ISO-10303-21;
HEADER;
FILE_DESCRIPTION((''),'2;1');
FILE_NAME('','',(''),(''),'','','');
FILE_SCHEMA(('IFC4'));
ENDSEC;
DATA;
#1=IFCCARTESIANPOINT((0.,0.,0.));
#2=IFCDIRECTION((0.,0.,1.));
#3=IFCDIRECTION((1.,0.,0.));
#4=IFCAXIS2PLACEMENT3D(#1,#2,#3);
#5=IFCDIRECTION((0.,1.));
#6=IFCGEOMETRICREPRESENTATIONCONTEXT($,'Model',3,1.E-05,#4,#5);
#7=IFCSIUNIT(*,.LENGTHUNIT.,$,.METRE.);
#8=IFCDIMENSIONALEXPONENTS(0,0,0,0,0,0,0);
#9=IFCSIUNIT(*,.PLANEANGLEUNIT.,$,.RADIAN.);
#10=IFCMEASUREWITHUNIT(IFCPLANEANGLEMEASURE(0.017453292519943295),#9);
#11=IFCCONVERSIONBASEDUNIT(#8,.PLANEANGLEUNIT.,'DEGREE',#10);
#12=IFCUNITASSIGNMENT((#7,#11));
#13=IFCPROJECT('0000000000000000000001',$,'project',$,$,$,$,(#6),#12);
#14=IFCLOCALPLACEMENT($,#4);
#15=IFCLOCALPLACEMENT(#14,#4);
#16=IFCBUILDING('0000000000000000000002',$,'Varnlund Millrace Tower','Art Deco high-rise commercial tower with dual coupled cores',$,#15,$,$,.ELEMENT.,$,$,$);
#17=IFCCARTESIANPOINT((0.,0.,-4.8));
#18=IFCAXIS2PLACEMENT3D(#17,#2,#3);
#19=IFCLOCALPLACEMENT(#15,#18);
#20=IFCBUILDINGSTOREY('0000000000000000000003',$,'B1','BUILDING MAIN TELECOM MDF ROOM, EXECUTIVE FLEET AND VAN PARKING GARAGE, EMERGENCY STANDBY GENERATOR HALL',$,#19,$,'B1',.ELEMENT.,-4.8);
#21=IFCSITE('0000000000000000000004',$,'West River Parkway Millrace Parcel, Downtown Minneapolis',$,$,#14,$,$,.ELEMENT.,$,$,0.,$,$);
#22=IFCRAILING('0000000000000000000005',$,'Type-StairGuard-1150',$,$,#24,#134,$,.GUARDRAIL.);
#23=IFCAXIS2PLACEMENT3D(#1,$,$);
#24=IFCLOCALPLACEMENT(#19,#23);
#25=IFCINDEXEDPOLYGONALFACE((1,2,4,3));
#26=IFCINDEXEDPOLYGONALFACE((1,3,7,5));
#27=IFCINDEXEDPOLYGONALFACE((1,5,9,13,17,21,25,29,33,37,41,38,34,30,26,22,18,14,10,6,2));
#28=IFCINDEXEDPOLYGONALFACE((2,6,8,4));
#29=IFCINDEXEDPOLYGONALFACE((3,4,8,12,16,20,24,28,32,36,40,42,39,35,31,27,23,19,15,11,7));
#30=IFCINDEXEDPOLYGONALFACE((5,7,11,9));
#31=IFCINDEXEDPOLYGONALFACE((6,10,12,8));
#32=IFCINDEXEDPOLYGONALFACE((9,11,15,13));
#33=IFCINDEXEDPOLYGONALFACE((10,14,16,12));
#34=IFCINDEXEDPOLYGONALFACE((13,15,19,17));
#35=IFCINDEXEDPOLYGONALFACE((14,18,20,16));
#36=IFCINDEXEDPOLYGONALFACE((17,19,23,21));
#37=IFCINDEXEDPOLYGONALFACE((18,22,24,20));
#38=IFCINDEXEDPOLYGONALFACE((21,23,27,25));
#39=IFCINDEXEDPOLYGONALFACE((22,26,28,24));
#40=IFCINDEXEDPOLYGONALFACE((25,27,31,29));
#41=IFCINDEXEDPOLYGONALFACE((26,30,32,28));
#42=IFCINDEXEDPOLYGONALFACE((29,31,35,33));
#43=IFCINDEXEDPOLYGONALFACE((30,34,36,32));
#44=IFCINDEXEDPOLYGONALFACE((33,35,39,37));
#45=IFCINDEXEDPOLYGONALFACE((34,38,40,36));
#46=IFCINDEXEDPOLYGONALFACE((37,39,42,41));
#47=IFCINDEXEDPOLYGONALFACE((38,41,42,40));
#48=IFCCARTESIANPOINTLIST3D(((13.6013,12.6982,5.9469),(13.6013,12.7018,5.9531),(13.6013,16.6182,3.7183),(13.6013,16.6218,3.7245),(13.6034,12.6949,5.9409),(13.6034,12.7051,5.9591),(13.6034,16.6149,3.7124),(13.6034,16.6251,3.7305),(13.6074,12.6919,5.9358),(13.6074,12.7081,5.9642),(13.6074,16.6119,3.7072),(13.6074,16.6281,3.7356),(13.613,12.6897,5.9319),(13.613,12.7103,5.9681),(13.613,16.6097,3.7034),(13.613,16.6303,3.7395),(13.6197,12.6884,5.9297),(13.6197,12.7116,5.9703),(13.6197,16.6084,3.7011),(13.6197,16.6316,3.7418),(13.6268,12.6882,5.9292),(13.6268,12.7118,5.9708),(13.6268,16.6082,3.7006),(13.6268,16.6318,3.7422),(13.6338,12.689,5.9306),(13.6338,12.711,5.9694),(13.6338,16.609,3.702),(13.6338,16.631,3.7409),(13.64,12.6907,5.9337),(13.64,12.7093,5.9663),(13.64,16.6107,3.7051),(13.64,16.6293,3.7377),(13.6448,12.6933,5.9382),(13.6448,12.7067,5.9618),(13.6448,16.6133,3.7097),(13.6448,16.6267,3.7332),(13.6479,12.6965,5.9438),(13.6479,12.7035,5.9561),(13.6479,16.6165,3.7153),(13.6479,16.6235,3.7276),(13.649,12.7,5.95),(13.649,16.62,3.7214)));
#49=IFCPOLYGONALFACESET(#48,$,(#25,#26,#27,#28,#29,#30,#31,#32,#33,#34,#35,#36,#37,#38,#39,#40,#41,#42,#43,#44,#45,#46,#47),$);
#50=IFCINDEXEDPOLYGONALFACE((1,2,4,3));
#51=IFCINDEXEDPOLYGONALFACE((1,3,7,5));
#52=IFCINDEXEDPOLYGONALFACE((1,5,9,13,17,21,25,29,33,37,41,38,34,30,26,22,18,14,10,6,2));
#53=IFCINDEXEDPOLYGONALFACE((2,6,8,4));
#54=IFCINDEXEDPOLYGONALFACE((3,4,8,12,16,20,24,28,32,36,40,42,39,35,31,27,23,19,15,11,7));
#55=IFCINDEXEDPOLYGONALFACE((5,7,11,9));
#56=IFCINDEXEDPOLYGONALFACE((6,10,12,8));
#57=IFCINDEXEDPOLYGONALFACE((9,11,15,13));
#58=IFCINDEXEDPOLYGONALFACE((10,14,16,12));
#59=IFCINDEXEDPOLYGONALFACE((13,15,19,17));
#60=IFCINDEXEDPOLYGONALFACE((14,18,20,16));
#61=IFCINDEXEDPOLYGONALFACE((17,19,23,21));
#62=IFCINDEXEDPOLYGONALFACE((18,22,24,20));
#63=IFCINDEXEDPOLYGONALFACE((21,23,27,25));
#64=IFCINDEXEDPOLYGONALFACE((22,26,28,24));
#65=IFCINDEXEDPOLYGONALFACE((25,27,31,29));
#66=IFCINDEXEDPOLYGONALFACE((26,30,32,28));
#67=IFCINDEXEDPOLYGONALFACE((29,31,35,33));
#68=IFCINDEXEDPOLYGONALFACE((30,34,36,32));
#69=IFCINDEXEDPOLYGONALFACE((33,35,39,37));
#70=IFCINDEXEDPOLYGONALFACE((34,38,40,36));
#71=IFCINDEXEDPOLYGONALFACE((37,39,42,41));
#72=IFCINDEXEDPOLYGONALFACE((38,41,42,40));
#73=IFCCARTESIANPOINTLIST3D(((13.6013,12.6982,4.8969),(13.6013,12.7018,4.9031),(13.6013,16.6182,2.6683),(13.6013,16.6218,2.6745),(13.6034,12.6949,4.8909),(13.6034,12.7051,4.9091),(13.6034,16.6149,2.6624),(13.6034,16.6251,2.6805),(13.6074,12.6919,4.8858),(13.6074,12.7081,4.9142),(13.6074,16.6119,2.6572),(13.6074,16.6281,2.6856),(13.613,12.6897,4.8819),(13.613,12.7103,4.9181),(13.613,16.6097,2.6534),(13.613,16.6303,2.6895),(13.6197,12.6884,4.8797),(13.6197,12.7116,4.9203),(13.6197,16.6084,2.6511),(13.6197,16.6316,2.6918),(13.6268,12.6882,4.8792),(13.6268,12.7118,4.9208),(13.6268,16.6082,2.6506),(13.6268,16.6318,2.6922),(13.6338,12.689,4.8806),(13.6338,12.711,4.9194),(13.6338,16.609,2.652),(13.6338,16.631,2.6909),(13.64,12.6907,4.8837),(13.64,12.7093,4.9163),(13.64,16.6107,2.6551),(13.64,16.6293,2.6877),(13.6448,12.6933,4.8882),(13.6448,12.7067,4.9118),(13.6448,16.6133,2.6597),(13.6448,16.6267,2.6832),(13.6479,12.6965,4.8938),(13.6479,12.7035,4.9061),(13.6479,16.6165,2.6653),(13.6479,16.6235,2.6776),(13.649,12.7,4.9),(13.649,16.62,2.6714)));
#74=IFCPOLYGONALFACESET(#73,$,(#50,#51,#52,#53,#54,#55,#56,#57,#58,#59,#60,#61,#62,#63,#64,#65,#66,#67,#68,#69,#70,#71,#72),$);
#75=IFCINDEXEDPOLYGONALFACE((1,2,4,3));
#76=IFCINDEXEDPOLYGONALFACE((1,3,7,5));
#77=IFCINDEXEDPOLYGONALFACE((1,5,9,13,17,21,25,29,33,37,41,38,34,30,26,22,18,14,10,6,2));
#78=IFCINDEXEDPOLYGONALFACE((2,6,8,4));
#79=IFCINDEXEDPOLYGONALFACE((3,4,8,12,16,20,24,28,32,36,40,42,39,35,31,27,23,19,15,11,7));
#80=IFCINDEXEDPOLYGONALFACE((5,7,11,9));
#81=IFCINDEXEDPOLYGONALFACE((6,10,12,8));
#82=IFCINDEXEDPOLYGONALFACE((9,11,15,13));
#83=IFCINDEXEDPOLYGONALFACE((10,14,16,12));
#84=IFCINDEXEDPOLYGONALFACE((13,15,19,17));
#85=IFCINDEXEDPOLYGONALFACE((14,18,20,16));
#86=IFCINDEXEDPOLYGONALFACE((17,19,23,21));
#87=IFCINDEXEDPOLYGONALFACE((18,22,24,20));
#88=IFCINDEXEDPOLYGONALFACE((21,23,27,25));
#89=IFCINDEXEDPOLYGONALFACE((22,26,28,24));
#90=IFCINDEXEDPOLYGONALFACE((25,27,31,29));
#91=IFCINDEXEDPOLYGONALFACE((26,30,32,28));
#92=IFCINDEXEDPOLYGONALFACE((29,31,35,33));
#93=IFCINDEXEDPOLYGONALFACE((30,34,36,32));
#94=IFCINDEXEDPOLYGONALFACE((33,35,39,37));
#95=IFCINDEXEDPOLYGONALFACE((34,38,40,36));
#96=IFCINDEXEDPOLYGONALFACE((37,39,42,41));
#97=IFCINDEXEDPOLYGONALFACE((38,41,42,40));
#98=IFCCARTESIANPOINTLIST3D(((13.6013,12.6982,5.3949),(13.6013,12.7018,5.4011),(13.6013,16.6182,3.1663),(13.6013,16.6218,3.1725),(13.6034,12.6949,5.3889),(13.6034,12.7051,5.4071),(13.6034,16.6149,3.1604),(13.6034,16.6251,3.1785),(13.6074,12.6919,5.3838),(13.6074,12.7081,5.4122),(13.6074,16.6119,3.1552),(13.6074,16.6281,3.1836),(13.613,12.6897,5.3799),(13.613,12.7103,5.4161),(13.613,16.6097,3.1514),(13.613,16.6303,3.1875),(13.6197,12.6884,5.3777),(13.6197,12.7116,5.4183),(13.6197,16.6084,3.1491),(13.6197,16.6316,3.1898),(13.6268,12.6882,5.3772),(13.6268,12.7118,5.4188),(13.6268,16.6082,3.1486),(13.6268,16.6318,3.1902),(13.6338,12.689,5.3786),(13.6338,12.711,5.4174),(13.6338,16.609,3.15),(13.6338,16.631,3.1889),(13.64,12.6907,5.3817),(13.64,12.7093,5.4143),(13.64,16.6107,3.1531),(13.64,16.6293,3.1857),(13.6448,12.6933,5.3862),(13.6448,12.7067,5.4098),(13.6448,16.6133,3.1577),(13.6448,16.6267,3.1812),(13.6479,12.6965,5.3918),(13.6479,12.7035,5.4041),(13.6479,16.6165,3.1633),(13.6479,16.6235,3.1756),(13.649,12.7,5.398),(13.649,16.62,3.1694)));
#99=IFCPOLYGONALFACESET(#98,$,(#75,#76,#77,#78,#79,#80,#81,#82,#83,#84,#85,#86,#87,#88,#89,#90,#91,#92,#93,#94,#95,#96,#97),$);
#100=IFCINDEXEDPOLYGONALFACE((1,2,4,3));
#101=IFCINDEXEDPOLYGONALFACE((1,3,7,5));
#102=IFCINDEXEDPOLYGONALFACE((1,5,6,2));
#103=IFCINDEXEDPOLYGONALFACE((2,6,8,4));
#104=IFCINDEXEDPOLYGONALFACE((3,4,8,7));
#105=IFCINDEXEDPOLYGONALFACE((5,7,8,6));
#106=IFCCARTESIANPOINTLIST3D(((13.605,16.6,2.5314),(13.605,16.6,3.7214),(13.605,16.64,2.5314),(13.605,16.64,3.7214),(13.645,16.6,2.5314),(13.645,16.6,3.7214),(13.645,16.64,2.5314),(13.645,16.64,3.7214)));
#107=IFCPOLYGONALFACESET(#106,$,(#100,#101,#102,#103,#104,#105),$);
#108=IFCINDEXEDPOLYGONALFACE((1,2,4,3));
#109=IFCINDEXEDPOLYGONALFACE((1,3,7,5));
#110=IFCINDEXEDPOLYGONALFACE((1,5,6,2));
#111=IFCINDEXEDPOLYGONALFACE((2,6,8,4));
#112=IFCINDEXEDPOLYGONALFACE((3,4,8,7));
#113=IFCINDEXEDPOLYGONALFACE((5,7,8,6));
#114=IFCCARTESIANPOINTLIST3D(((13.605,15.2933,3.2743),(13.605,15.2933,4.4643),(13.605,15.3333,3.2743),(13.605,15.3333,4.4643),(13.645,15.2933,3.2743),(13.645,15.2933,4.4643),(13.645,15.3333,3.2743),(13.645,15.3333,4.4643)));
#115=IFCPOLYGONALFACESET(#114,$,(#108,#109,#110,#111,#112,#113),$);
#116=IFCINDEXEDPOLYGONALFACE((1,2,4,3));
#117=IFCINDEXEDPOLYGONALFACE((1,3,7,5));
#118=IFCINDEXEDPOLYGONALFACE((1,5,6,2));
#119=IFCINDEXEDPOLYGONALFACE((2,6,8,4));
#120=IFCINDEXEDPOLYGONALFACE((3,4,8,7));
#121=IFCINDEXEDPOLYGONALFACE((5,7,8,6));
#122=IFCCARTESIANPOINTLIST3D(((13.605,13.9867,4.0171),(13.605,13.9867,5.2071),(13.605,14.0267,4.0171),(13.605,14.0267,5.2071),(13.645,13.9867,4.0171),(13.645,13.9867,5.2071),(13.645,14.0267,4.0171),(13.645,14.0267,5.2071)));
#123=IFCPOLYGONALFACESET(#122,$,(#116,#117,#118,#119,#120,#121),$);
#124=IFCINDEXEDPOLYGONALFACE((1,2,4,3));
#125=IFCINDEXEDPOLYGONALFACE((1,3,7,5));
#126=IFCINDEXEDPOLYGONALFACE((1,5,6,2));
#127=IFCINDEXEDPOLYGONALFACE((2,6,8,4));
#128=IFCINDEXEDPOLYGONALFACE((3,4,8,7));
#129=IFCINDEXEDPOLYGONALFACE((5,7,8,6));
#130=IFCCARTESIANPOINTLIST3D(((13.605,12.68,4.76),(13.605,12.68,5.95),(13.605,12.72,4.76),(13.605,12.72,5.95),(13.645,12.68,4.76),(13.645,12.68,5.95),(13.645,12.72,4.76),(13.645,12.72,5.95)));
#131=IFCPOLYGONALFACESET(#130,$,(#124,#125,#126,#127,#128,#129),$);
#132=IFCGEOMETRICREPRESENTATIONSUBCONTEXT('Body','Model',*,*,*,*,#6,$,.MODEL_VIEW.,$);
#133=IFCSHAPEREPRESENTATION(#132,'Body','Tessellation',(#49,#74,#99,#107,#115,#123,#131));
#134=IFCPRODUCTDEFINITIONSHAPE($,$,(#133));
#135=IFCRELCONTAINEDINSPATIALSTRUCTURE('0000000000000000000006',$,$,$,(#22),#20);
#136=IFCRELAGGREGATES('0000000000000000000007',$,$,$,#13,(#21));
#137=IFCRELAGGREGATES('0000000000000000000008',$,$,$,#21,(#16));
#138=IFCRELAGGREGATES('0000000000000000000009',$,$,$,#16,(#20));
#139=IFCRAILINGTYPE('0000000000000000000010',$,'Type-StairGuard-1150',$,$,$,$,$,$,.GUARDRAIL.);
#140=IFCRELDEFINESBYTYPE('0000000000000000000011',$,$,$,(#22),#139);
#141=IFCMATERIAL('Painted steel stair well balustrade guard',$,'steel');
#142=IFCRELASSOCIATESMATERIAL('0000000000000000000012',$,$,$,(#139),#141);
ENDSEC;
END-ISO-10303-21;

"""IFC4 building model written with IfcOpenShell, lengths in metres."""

from ifc_helpers import new_model, entity, si_unit, converted_unit, direction, frame, origin_with_axes, origin_2d_with_axis, place, context, subcontext, project, spatial, rectangle, circle, extrude, material, type_object, element, save


model = new_model("IFC4")

# Units and contexts
model_context = context("Model", 3, precision=1e-05, world=origin_with_axes(), true_north=direction((0.0, 1.0)))
body_context = subcontext(model_context, "Body", "Model", "MODEL_VIEW")
ifc_project = project(units=[si_unit("LENGTHUNIT", "METRE"), converted_unit("PLANEANGLEUNIT", "DEGREE", entity("IfcPlaneAngleMeasure", 0.017453292519943295), si_unit("PLANEANGLEUNIT", "RADIAN"), dimensions=[0, 0, 0, 0, 0, 0, 0])], contexts=[model_context])

# Site, building, storey
site_placement = place(None, origin_with_axes())
site = spatial("IfcSite", under=ifc_project, at=site_placement, Name="West River Parkway Millrace Parcel, Downtown Minneapolis", CompositionType="ELEMENT", RefElevation=0.0)
building_placement = place(site_placement, origin_with_axes())
building = spatial("IfcBuilding", under=site, at=building_placement, Name="Varnlund Millrace Tower", Description="Art Deco high-rise commercial tower with dual coupled cores", CompositionType="ELEMENT")
storey_placement = place(building_placement, frame((0.0, 0.0, -4.8), z_axis=(0.0, 0.0, 1.0), x_axis=(1.0, 0.0, 0.0)))
storey = spatial("IfcBuildingStorey", under=building, at=storey_placement, Name="B1", Description="BUILDING MAIN TELECOM MDF ROOM, EXECUTIVE FLEET AND VAN PARKING GARAGE, EMERGENCY STANDBY GENERATOR HALL", LongName="B1", CompositionType="ELEMENT", Elevation=-4.8)

# Railing
ifc_material_1 = material(Name="Painted steel stair well balustrade guard", Category="steel")
railing_type_1 = type_object("IfcRailingType", Name="Type-StairGuard-1150", PredefinedType="GUARDRAIL", material=ifc_material_1)
railing_1_placement = place(storey_placement, frame((0.0, 0.0, 4.8), z_axis=(0.0, 0.0, 1.0), x_axis=(1.0, 0.0, 0.0)))
element("IfcRailing", 1, at=railing_1_placement, inside=storey, type_object=railing_type_1, Name="Type-StairGuard-1150", PredefinedType="GUARDRAIL", context=body_context, shape_type="SweptSolid", body=[
    extrude(circle(Radius=0.024, at=origin_2d_with_axis()), frame((13.625, 16.62, -1.0786), z_axis=(0.0, -0.869333, 0.494227), x_axis=(1.0, 0.0, 0.0)), (0.0, 0.0, 1.0), 4.5092),
    extrude(circle(Radius=0.024, at=origin_2d_with_axis()), frame((13.625, 16.62, -2.1286), z_axis=(0.0, -0.869333, 0.494227), x_axis=(1.0, 0.0, 0.0)), (0.0, 0.0, 1.0), 4.5092),
    extrude(circle(Radius=0.024, at=origin_2d_with_axis()), frame((13.625, 16.62, -1.6306), z_axis=(0.0, -0.869333, 0.494227), x_axis=(1.0, 0.0, 0.0)), (0.0, 0.0, 1.0), 4.5092),
    extrude(rectangle(XDim=0.04, YDim=0.04, at=origin_2d_with_axis()), frame((13.625, 16.62, -2.2686), z_axis=(0.0, 0.0, 1.0), x_axis=(1.0, 0.0, 0.0)), (0.0, 0.0, 1.0), 1.19),
    extrude(rectangle(XDim=0.04, YDim=0.04, at=origin_2d_with_axis()), frame((13.625, 15.3133, -1.5257), z_axis=(0.0, 0.0, 1.0), x_axis=(1.0, 0.0, 0.0)), (0.0, 0.0, 1.0), 1.19),
    extrude(rectangle(XDim=0.04, YDim=0.04, at=origin_2d_with_axis()), frame((13.625, 14.0067, -0.7829), z_axis=(0.0, 0.0, 1.0), x_axis=(1.0, 0.0, 0.0)), (0.0, 0.0, 1.0), 1.19),
    extrude(rectangle(XDim=0.04, YDim=0.04, at=origin_2d_with_axis()), frame((13.625, 12.7, -0.04), z_axis=(0.0, 0.0, 1.0), x_axis=(1.0, 0.0, 0.0)), (0.0, 0.0, 1.0), 1.19),
])

save(model, "model.ifc")
